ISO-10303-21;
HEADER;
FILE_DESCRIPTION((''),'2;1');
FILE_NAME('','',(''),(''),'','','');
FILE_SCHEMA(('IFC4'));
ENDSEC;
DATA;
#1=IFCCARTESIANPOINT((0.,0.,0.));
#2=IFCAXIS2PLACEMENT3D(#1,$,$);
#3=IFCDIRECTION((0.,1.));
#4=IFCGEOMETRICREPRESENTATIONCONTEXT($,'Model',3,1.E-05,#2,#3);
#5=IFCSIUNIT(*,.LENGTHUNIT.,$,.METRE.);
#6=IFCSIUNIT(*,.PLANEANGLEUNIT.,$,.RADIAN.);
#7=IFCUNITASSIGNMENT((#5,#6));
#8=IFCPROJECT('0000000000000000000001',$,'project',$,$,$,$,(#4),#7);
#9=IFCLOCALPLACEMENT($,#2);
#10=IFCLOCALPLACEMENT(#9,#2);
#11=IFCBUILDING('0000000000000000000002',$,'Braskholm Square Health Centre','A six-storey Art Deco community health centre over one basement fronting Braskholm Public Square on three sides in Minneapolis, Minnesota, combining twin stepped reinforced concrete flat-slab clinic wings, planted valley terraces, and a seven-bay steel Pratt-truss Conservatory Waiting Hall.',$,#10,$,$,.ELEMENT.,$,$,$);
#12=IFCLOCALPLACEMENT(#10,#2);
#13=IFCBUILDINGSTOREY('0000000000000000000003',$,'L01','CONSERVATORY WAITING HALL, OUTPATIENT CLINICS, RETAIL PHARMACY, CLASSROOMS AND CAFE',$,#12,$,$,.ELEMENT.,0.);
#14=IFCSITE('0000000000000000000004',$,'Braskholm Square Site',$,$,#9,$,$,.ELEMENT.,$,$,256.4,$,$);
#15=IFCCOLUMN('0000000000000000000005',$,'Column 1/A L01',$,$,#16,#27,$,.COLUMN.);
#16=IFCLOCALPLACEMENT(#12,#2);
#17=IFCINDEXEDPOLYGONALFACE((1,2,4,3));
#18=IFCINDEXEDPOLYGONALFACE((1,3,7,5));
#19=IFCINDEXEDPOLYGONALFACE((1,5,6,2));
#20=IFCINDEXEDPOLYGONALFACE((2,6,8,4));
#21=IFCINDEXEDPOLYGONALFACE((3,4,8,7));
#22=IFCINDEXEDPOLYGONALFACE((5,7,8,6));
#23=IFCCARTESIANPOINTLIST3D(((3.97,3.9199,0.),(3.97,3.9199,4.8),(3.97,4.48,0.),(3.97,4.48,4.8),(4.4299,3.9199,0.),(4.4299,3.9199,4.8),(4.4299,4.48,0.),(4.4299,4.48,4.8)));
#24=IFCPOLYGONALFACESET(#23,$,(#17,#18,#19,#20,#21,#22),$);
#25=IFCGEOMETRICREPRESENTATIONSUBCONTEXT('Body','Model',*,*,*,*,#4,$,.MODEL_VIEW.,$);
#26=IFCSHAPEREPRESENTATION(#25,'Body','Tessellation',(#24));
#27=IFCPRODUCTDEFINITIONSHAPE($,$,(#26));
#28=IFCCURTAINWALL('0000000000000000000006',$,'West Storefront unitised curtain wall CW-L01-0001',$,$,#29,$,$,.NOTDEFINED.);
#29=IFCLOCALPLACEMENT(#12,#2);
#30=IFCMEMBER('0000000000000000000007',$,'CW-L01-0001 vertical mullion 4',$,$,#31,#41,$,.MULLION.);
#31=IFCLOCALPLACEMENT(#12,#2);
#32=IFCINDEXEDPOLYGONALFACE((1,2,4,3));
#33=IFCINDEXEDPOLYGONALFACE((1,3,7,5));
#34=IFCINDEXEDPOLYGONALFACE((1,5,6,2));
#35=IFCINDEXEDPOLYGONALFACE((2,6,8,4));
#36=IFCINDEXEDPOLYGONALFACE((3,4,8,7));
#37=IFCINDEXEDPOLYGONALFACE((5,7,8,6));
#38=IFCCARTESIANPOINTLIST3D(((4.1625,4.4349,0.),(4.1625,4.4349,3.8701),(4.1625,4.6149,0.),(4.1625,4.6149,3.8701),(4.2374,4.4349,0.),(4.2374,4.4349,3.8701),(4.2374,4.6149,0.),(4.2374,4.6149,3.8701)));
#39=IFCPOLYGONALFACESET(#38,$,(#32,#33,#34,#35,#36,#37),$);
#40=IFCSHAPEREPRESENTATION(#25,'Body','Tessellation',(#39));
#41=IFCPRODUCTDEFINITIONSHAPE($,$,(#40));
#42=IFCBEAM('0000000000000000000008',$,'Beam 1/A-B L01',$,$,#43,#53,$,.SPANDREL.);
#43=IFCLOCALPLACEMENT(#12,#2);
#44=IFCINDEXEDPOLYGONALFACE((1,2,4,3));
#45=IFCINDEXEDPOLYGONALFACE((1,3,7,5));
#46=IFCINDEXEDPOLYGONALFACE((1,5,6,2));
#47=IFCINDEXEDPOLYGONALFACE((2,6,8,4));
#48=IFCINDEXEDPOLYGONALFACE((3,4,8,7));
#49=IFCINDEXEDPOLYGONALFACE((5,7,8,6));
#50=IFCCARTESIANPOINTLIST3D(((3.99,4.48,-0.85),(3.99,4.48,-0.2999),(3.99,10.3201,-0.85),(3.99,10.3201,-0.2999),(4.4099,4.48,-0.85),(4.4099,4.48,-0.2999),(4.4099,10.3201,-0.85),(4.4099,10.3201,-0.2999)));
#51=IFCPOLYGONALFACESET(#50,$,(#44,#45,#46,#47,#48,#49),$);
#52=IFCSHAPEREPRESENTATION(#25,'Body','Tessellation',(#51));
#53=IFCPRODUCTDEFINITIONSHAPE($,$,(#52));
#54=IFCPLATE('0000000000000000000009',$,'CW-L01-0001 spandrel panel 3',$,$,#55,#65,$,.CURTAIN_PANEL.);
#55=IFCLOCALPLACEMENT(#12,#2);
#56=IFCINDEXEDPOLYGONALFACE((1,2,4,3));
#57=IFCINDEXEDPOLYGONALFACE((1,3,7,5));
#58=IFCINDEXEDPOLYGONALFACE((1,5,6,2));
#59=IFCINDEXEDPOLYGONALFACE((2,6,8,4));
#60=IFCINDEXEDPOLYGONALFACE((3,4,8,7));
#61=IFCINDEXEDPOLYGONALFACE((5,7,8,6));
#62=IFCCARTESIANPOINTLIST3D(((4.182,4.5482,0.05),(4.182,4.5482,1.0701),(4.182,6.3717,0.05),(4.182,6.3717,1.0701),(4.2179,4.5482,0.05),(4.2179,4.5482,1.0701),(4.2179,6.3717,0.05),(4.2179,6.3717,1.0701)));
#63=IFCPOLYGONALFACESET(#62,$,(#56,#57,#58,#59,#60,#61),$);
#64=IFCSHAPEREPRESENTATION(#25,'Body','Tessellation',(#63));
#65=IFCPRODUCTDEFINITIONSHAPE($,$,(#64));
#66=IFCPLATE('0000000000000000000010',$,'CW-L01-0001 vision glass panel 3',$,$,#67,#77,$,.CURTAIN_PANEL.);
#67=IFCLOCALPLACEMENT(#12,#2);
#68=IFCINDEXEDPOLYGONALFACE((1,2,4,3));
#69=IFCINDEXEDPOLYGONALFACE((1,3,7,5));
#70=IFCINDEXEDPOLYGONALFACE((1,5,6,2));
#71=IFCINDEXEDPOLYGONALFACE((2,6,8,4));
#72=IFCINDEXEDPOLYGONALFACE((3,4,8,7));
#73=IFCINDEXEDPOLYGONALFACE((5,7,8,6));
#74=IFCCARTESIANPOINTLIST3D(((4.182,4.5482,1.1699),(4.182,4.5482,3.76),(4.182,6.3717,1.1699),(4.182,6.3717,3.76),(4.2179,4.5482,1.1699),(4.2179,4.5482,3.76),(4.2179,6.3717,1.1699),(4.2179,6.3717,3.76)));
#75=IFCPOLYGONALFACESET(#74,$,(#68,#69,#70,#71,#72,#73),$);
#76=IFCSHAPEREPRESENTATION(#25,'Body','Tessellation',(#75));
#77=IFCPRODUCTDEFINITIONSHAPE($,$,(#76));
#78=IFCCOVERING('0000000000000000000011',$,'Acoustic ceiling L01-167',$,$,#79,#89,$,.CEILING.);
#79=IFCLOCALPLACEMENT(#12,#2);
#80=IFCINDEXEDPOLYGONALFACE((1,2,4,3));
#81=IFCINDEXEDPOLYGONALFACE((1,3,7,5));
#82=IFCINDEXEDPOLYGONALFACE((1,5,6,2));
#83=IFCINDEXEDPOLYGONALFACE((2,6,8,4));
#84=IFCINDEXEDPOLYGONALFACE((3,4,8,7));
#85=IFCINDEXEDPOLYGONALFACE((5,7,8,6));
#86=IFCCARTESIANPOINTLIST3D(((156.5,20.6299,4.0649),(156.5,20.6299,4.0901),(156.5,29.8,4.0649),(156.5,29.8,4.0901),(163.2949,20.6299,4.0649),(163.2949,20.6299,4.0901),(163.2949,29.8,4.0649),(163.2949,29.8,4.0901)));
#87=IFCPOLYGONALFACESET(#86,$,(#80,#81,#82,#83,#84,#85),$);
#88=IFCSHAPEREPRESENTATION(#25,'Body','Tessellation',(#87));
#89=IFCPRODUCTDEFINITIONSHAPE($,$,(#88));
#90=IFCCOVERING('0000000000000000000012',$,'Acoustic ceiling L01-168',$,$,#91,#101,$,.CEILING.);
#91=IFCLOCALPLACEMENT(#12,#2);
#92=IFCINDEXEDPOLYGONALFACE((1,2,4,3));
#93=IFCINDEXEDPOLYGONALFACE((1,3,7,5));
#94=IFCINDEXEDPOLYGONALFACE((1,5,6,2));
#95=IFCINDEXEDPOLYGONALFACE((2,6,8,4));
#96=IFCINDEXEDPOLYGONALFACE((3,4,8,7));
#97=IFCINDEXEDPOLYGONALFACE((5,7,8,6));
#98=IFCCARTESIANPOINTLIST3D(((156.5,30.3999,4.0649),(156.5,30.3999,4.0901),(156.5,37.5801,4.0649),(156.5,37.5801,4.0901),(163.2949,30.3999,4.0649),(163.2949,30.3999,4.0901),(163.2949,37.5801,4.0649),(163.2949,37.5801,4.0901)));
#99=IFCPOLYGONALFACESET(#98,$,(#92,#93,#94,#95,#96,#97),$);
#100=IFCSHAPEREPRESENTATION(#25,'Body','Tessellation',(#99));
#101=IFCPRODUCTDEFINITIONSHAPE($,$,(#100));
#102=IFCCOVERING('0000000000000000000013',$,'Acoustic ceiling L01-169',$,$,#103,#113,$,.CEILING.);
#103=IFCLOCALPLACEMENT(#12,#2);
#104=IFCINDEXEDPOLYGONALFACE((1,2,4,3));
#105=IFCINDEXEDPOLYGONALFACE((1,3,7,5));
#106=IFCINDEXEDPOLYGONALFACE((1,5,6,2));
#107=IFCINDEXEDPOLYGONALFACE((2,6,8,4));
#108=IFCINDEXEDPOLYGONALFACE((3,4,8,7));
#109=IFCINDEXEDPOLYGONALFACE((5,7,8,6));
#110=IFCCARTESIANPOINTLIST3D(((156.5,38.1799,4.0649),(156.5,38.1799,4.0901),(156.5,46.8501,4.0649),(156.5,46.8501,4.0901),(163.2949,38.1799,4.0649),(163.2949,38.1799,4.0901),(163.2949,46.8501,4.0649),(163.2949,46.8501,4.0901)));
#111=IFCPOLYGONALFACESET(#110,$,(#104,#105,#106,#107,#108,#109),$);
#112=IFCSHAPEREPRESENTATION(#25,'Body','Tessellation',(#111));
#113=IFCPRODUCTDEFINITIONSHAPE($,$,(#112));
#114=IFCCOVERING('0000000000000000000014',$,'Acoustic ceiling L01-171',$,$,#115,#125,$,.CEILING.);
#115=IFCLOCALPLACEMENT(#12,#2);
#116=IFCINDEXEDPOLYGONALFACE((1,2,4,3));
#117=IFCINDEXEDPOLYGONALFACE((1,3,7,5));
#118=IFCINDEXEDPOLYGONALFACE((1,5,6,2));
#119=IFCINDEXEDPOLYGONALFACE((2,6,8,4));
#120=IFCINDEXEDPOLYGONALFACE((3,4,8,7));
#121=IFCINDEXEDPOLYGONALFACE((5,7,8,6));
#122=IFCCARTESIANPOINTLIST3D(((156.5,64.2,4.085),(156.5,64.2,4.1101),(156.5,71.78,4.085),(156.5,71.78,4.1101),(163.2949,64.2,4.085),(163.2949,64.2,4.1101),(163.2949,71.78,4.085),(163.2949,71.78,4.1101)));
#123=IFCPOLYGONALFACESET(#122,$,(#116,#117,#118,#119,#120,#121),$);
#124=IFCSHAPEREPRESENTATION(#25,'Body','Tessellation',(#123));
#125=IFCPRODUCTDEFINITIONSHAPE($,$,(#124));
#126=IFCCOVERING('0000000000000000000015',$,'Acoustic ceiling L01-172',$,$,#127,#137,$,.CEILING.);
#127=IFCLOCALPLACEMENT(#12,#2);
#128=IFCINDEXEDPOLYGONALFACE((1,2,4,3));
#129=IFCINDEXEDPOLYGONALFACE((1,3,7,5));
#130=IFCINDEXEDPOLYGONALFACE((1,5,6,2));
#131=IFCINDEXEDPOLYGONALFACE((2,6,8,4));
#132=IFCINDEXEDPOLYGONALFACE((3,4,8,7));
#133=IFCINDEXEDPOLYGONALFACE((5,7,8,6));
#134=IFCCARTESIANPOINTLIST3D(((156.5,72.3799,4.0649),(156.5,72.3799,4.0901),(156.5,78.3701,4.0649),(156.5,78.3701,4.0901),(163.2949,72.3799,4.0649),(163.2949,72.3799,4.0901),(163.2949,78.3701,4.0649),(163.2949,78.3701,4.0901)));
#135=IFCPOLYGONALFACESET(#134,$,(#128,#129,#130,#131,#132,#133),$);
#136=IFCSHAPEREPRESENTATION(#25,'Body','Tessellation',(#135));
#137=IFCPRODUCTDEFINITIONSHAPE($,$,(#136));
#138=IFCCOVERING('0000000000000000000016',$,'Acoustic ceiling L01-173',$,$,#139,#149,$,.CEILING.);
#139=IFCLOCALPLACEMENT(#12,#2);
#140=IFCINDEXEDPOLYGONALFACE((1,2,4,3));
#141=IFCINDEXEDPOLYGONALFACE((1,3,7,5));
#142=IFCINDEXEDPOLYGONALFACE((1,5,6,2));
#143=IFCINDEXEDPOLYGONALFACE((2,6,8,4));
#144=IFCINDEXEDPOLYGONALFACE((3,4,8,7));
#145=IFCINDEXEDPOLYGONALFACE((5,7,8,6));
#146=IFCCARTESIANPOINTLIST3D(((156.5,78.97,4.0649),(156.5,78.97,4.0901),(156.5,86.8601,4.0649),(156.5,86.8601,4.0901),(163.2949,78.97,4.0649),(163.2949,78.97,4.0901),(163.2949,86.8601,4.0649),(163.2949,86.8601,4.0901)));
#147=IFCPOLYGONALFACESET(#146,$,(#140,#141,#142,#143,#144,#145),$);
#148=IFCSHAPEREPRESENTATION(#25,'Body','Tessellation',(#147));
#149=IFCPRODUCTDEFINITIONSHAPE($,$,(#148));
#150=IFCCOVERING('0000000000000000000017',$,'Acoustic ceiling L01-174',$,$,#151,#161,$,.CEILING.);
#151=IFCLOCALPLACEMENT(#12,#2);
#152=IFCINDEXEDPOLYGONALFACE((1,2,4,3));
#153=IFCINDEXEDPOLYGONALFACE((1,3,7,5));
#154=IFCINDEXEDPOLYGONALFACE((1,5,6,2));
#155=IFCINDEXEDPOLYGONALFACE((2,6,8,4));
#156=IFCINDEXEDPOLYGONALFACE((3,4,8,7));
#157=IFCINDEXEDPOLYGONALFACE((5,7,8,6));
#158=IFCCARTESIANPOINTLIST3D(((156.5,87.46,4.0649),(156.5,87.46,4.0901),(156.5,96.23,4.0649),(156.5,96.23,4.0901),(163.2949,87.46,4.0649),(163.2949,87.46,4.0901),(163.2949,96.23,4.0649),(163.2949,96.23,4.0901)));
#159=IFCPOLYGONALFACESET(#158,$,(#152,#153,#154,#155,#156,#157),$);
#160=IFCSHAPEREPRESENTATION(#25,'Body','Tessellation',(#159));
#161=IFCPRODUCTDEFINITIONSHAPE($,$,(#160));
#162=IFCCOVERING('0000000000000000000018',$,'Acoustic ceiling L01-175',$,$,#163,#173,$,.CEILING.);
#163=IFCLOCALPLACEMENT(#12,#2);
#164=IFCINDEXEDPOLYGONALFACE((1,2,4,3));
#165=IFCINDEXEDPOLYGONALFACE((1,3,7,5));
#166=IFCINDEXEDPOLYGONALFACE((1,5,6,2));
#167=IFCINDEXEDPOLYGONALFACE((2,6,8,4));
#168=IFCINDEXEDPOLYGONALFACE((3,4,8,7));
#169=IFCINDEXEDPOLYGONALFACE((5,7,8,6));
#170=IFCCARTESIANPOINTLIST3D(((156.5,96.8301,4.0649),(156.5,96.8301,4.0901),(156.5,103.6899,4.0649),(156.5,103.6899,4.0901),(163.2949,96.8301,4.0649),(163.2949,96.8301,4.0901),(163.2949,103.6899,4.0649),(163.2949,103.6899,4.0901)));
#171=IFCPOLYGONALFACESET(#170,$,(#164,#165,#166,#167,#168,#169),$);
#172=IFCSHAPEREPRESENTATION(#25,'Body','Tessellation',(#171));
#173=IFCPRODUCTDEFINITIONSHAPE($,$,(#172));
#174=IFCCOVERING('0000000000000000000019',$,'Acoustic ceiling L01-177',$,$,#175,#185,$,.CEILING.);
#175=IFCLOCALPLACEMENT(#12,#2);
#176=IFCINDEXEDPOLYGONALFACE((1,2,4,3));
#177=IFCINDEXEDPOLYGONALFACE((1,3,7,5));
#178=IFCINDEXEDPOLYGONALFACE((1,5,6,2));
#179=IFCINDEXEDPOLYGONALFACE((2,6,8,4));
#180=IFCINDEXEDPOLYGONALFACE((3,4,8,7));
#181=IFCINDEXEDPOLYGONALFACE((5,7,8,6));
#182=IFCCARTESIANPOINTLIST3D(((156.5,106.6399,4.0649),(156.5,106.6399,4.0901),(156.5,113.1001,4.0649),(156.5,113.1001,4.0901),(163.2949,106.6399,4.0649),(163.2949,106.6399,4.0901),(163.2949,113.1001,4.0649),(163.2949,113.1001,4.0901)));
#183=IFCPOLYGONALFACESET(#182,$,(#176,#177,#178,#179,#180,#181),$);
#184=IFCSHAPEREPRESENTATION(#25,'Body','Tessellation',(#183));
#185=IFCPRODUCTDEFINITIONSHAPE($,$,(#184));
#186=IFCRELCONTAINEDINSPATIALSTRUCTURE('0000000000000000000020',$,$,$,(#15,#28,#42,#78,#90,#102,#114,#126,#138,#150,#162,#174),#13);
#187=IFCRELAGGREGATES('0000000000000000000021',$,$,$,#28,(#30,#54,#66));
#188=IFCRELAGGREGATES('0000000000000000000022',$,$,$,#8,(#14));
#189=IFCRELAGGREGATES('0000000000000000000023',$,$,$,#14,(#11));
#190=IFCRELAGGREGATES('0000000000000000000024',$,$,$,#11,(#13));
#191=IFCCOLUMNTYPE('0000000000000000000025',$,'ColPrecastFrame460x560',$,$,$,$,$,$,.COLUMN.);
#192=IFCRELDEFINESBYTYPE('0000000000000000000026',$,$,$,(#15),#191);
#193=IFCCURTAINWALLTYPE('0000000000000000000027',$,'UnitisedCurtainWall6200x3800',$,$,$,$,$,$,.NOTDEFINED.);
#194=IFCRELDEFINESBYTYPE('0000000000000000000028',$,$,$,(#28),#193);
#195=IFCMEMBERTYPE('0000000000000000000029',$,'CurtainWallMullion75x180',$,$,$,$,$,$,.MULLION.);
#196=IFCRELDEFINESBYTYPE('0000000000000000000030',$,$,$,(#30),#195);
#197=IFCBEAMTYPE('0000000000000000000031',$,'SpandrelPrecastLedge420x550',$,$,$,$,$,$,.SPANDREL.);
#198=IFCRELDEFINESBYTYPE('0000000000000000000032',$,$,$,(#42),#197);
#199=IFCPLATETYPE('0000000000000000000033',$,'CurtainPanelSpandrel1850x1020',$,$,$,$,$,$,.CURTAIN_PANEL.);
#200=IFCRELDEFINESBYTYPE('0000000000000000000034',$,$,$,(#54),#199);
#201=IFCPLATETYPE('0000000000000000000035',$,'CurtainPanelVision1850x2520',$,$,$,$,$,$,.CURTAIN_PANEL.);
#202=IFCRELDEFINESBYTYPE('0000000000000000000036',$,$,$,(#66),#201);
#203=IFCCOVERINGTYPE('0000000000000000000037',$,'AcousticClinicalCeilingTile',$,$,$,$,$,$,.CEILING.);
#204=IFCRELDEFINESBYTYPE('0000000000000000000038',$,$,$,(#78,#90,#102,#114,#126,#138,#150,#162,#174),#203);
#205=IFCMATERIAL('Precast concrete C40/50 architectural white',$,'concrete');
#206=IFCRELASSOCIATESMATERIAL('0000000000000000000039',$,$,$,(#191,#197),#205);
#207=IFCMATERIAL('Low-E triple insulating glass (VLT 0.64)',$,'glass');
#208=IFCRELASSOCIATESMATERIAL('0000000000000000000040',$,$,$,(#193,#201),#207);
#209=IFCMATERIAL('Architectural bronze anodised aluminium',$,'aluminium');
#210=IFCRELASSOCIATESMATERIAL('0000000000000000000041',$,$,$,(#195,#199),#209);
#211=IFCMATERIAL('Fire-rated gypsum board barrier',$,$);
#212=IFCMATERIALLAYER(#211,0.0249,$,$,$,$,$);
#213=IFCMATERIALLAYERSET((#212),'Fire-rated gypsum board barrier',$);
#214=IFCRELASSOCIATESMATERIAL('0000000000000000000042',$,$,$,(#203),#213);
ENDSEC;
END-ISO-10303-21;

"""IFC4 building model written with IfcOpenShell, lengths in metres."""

from ifc_helpers import new_model, si_unit, direction, frame, origin, origin_2d, place, context, subcontext, project, spatial, polyline, rectangle, outline, extrude, material, layer, layer_set, material_profile, profile_set, type_object, element, aggregate, save


model = new_model("IFC4")

# Units and contexts
model_context = context("Model", 3, precision=1e-05, world=origin(), true_north=direction((0.0, 1.0)))
body_context = subcontext(model_context, "Body", "Model", "MODEL_VIEW")
ifc_project = project(units=[si_unit("LENGTHUNIT", "METRE"), si_unit("PLANEANGLEUNIT", "RADIAN")], contexts=[model_context])

# Site, building, storey
site_placement = place(None, origin())
site = spatial("IfcSite", under=ifc_project, at=site_placement, Name="Braskholm Square Site", CompositionType="ELEMENT", RefElevation=256.4)
building_placement = place(site_placement, origin())
building = spatial("IfcBuilding", under=site, at=building_placement, Name="Braskholm Square Health Centre", Description="A six-storey Art Deco community health centre over one basement fronting Braskholm Public Square on three sides in Minneapolis, Minnesota, combining twin stepped reinforced concrete flat-slab clinic wings, planted valley terraces, and a seven-bay steel Pratt-truss Conservatory Waiting Hall.", CompositionType="ELEMENT")
storey_placement = place(building_placement, origin())
storey = spatial("IfcBuildingStorey", under=building, at=storey_placement, Name="L01", Description="CONSERVATORY WAITING HALL, OUTPATIENT CLINICS, RETAIL PHARMACY, CLASSROOMS AND CAFE", CompositionType="ELEMENT", Elevation=0.0)

# Column
ifc_material_1 = material(Name="Precast concrete C40/50 architectural white", Category="concrete")
ifc_material_profile_1 = material_profile(ifc_material_1, rectangle(XDim=0.46, YDim=0.5601, at=origin_2d()), Name="RC-460X560")
ifc_profile_set_1 = profile_set([ifc_material_profile_1], Name="Precast concrete C40/50 architectural white")
column_type = type_object("IfcColumnType", Name="ColPrecastFrame460x560", PredefinedType="COLUMN", material=ifc_profile_set_1)
column_placement = place(storey_placement, frame((4.2, 4.2, 0.0), z_axis=(0.0, 0.0, 1.0), x_axis=(1.0, 0.0, 0.0)))
element("IfcColumn", 1, at=column_placement, inside=storey, type_object=column_type, Name="Column 1/A L01", PredefinedType="COLUMN", context=body_context, shape_type="SweptSolid", body=[
    extrude(rectangle(XDim=0.46, YDim=0.5601, at=origin_2d()), origin(), (0.0, 0.0, 1.0), 4.8),
])

# Curtain wall, member
ifc_material_2 = material(Name="Low-E triple insulating glass (VLT 0.64)", Category="glass")
curtain_wall_type = type_object("IfcCurtainWallType", Name="UnitisedCurtainWall6200x3800", PredefinedType="NOTDEFINED", material=ifc_material_2)
curtain_wall_placement = place(storey_placement, origin())
curtain_wall = element("IfcCurtainWall", 2, at=curtain_wall_placement, inside=storey, type_object=curtain_wall_type, Name="West Storefront unitised curtain wall CW-L01-0001", PredefinedType="NOTDEFINED")
ifc_material_3 = material(Name="Architectural bronze anodised aluminium", Category="aluminium")
ifc_material_profile_2 = material_profile(ifc_material_3, rectangle(XDim=0.075, YDim=0.1799, at=origin_2d()), Name="ALU-75X180")
ifc_profile_set_2 = profile_set([ifc_material_profile_2], Name="Architectural bronze anodised aluminium")
member_type = type_object("IfcMemberType", Name="CurtainWallMullion75x180", PredefinedType="MULLION", material=ifc_profile_set_2)
member_placement = place(storey_placement, frame((4.2, 4.5249, 0.0), z_axis=(0.0, 0.0, 1.0), x_axis=(1.0, 0.0, 0.0)))
member = element("IfcMember", 3, at=member_placement, type_object=member_type, Name="CW-L01-0001 vertical mullion 4", PredefinedType="MULLION", context=body_context, shape_type="SweptSolid", body=[
    extrude(rectangle(XDim=0.075, YDim=0.1799, at=origin_2d()), origin(), (0.0, 0.0, 1.0), 3.8701),
])

# Beam
ifc_material_profile_3 = material_profile(ifc_material_1, rectangle(XDim=0.4199, YDim=0.55, at=origin_2d()), Name="RCB-420X550")
ifc_profile_set_3 = profile_set([ifc_material_profile_3], Name="Precast concrete C40/50 architectural white")
beam_type = type_object("IfcBeamType", Name="SpandrelPrecastLedge420x550", PredefinedType="SPANDREL", material=ifc_profile_set_3)
beam_placement = place(storey_placement, frame((4.2, 4.48, -0.575), z_axis=(0.0, 1.0, 0.0), x_axis=(-1.0, 0.0, 0.0)))
element("IfcBeam", 4, at=beam_placement, inside=storey, type_object=beam_type, Name="Beam 1/A-B L01", PredefinedType="SPANDREL", context=body_context, shape_type="SweptSolid", body=[
    extrude(rectangle(XDim=0.4199, YDim=0.55, at=origin_2d()), origin(), (0.0, 0.0, 1.0), 5.8401),
])

# Plates
plate_type_1 = type_object("IfcPlateType", Name="CurtainPanelSpandrel1850x1020", PredefinedType="CURTAIN_PANEL", material=ifc_material_3)
plate_1_placement = place(storey_placement, frame((4.2, 5.46, 0.05), z_axis=(0.0, 0.0, 1.0), x_axis=(0.0, -1.0, 0.0)))
plate_1 = element("IfcPlate", 5, at=plate_1_placement, type_object=plate_type_1, Name="CW-L01-0001 spandrel panel 3", PredefinedType="CURTAIN_PANEL", context=body_context, shape_type="SweptSolid", body=[
    extrude(rectangle(XDim=1.8235, YDim=0.0359, at=origin_2d()), origin(), (0.0, 0.0, 1.0), 1.02),
])
plate_type_2 = type_object("IfcPlateType", Name="CurtainPanelVision1850x2520", PredefinedType="CURTAIN_PANEL", material=ifc_material_2)
plate_2_placement = place(storey_placement, frame((4.2, 5.46, 1.1699), z_axis=(0.0, 0.0, 1.0), x_axis=(0.0, -1.0, 0.0)))
plate_2 = element("IfcPlate", 6, at=plate_2_placement, type_object=plate_type_2, Name="CW-L01-0001 vision glass panel 3", PredefinedType="CURTAIN_PANEL", context=body_context, shape_type="SweptSolid", body=[
    extrude(rectangle(XDim=1.8235, YDim=0.0359, at=origin_2d()), origin(), (0.0, 0.0, 1.0), 2.5901),
])
aggregate(curtain_wall, [member, plate_1, plate_2])

# Coverings
ifc_material_4 = material(Name="Fire-rated gypsum board barrier")
ifc_layer_1 = layer(ifc_material_4, 0.0249)
ifc_layer_set_1 = layer_set([ifc_layer_1], Name="Fire-rated gypsum board barrier")
covering_type_1 = type_object("IfcCoveringType", Name="AcousticClinicalCeilingTile", PredefinedType="CEILING", material=ifc_layer_set_1)
covering_1_placement = place(storey_placement, frame((0.0, 0.0, 4.0649)))
element("IfcCovering", 7, at=covering_1_placement, inside=storey, type_object=covering_type_1, Name="Acoustic ceiling L01-167", PredefinedType="CEILING", context=body_context, shape_type="SweptSolid", body=[
    extrude(outline(polyline([(156.5, 20.6299), (163.2949, 20.6299), (163.2949, 29.8), (156.5, 29.8), (156.5, 20.6299)])), origin(), (0.0, 0.0, 1.0), 0.0251),
])
covering_2_placement = place(storey_placement, frame((0.0, 0.0, 4.0649)))
element("IfcCovering", 8, at=covering_2_placement, inside=storey, type_object=covering_type_1, Name="Acoustic ceiling L01-168", PredefinedType="CEILING", context=body_context, shape_type="SweptSolid", body=[
    extrude(outline(polyline([(156.5, 30.3999), (163.2949, 30.3999), (163.2949, 37.5801), (156.5, 37.5801), (156.5, 30.3999)])), origin(), (0.0, 0.0, 1.0), 0.0251),
])
covering_3_placement = place(storey_placement, frame((0.0, 0.0, 4.0649)))
element("IfcCovering", 9, at=covering_3_placement, inside=storey, type_object=covering_type_1, Name="Acoustic ceiling L01-169", PredefinedType="CEILING", context=body_context, shape_type="SweptSolid", body=[
    extrude(outline(polyline([(156.5, 38.1799), (163.2949, 38.1799), (163.2949, 46.8501), (156.5, 46.8501), (156.5, 38.1799)])), origin(), (0.0, 0.0, 1.0), 0.0251),
])
covering_4_placement = place(storey_placement, frame((0.0, 0.0, 4.085)))
element("IfcCovering", 10, at=covering_4_placement, inside=storey, type_object=covering_type_1, Name="Acoustic ceiling L01-171", PredefinedType="CEILING", context=body_context, shape_type="SweptSolid", body=[
    extrude(outline(polyline([(156.5, 64.2), (163.2949, 64.2), (163.2949, 71.78), (156.5, 71.78), (156.5, 64.2)])), origin(), (0.0, 0.0, 1.0), 0.0251),
])
covering_5_placement = place(storey_placement, frame((0.0, 0.0, 4.0649)))
element("IfcCovering", 11, at=covering_5_placement, inside=storey, type_object=covering_type_1, Name="Acoustic ceiling L01-172", PredefinedType="CEILING", context=body_context, shape_type="SweptSolid", body=[
    extrude(outline(polyline([(156.5, 72.3799), (163.2949, 72.3799), (163.2949, 78.3701), (156.5, 78.3701), (156.5, 72.3799)])), origin(), (0.0, 0.0, 1.0), 0.0251),
])
covering_6_placement = place(storey_placement, frame((0.0, 0.0, 4.0649)))
element("IfcCovering", 12, at=covering_6_placement, inside=storey, type_object=covering_type_1, Name="Acoustic ceiling L01-173", PredefinedType="CEILING", context=body_context, shape_type="SweptSolid", body=[
    extrude(outline(polyline([(156.5, 78.97), (163.2949, 78.97), (163.2949, 86.8601), (156.5, 86.8601), (156.5, 78.97)])), origin(), (0.0, 0.0, 1.0), 0.0251),
])
covering_7_placement = place(storey_placement, frame((0.0, 0.0, 4.0649)))
element("IfcCovering", 13, at=covering_7_placement, inside=storey, type_object=covering_type_1, Name="Acoustic ceiling L01-174", PredefinedType="CEILING", context=body_context, shape_type="SweptSolid", body=[
    extrude(outline(polyline([(156.5, 87.46), (163.2949, 87.46), (163.2949, 96.23), (156.5, 96.23), (156.5, 87.46)])), origin(), (0.0, 0.0, 1.0), 0.0251),
])
covering_8_placement = place(storey_placement, frame((0.0, 0.0, 4.0649)))
element("IfcCovering", 14, at=covering_8_placement, inside=storey, type_object=covering_type_1, Name="Acoustic ceiling L01-175", PredefinedType="CEILING", context=body_context, shape_type="SweptSolid", body=[
    extrude(outline(polyline([(156.5, 96.8301), (163.2949, 96.8301), (163.2949, 103.6899), (156.5, 103.6899), (156.5, 96.8301)])), origin(), (0.0, 0.0, 1.0), 0.0251),
])
covering_9_placement = place(storey_placement, frame((0.0, 0.0, 4.0649)))
element("IfcCovering", 15, at=covering_9_placement, inside=storey, type_object=covering_type_1, Name="Acoustic ceiling L01-177", PredefinedType="CEILING", context=body_context, shape_type="SweptSolid", body=[
    extrude(outline(polyline([(156.5, 106.6399), (163.2949, 106.6399), (163.2949, 113.1001), (156.5, 113.1001), (156.5, 106.6399)])), origin(), (0.0, 0.0, 1.0), 0.0251),
])

save(model, "model.ifc")
